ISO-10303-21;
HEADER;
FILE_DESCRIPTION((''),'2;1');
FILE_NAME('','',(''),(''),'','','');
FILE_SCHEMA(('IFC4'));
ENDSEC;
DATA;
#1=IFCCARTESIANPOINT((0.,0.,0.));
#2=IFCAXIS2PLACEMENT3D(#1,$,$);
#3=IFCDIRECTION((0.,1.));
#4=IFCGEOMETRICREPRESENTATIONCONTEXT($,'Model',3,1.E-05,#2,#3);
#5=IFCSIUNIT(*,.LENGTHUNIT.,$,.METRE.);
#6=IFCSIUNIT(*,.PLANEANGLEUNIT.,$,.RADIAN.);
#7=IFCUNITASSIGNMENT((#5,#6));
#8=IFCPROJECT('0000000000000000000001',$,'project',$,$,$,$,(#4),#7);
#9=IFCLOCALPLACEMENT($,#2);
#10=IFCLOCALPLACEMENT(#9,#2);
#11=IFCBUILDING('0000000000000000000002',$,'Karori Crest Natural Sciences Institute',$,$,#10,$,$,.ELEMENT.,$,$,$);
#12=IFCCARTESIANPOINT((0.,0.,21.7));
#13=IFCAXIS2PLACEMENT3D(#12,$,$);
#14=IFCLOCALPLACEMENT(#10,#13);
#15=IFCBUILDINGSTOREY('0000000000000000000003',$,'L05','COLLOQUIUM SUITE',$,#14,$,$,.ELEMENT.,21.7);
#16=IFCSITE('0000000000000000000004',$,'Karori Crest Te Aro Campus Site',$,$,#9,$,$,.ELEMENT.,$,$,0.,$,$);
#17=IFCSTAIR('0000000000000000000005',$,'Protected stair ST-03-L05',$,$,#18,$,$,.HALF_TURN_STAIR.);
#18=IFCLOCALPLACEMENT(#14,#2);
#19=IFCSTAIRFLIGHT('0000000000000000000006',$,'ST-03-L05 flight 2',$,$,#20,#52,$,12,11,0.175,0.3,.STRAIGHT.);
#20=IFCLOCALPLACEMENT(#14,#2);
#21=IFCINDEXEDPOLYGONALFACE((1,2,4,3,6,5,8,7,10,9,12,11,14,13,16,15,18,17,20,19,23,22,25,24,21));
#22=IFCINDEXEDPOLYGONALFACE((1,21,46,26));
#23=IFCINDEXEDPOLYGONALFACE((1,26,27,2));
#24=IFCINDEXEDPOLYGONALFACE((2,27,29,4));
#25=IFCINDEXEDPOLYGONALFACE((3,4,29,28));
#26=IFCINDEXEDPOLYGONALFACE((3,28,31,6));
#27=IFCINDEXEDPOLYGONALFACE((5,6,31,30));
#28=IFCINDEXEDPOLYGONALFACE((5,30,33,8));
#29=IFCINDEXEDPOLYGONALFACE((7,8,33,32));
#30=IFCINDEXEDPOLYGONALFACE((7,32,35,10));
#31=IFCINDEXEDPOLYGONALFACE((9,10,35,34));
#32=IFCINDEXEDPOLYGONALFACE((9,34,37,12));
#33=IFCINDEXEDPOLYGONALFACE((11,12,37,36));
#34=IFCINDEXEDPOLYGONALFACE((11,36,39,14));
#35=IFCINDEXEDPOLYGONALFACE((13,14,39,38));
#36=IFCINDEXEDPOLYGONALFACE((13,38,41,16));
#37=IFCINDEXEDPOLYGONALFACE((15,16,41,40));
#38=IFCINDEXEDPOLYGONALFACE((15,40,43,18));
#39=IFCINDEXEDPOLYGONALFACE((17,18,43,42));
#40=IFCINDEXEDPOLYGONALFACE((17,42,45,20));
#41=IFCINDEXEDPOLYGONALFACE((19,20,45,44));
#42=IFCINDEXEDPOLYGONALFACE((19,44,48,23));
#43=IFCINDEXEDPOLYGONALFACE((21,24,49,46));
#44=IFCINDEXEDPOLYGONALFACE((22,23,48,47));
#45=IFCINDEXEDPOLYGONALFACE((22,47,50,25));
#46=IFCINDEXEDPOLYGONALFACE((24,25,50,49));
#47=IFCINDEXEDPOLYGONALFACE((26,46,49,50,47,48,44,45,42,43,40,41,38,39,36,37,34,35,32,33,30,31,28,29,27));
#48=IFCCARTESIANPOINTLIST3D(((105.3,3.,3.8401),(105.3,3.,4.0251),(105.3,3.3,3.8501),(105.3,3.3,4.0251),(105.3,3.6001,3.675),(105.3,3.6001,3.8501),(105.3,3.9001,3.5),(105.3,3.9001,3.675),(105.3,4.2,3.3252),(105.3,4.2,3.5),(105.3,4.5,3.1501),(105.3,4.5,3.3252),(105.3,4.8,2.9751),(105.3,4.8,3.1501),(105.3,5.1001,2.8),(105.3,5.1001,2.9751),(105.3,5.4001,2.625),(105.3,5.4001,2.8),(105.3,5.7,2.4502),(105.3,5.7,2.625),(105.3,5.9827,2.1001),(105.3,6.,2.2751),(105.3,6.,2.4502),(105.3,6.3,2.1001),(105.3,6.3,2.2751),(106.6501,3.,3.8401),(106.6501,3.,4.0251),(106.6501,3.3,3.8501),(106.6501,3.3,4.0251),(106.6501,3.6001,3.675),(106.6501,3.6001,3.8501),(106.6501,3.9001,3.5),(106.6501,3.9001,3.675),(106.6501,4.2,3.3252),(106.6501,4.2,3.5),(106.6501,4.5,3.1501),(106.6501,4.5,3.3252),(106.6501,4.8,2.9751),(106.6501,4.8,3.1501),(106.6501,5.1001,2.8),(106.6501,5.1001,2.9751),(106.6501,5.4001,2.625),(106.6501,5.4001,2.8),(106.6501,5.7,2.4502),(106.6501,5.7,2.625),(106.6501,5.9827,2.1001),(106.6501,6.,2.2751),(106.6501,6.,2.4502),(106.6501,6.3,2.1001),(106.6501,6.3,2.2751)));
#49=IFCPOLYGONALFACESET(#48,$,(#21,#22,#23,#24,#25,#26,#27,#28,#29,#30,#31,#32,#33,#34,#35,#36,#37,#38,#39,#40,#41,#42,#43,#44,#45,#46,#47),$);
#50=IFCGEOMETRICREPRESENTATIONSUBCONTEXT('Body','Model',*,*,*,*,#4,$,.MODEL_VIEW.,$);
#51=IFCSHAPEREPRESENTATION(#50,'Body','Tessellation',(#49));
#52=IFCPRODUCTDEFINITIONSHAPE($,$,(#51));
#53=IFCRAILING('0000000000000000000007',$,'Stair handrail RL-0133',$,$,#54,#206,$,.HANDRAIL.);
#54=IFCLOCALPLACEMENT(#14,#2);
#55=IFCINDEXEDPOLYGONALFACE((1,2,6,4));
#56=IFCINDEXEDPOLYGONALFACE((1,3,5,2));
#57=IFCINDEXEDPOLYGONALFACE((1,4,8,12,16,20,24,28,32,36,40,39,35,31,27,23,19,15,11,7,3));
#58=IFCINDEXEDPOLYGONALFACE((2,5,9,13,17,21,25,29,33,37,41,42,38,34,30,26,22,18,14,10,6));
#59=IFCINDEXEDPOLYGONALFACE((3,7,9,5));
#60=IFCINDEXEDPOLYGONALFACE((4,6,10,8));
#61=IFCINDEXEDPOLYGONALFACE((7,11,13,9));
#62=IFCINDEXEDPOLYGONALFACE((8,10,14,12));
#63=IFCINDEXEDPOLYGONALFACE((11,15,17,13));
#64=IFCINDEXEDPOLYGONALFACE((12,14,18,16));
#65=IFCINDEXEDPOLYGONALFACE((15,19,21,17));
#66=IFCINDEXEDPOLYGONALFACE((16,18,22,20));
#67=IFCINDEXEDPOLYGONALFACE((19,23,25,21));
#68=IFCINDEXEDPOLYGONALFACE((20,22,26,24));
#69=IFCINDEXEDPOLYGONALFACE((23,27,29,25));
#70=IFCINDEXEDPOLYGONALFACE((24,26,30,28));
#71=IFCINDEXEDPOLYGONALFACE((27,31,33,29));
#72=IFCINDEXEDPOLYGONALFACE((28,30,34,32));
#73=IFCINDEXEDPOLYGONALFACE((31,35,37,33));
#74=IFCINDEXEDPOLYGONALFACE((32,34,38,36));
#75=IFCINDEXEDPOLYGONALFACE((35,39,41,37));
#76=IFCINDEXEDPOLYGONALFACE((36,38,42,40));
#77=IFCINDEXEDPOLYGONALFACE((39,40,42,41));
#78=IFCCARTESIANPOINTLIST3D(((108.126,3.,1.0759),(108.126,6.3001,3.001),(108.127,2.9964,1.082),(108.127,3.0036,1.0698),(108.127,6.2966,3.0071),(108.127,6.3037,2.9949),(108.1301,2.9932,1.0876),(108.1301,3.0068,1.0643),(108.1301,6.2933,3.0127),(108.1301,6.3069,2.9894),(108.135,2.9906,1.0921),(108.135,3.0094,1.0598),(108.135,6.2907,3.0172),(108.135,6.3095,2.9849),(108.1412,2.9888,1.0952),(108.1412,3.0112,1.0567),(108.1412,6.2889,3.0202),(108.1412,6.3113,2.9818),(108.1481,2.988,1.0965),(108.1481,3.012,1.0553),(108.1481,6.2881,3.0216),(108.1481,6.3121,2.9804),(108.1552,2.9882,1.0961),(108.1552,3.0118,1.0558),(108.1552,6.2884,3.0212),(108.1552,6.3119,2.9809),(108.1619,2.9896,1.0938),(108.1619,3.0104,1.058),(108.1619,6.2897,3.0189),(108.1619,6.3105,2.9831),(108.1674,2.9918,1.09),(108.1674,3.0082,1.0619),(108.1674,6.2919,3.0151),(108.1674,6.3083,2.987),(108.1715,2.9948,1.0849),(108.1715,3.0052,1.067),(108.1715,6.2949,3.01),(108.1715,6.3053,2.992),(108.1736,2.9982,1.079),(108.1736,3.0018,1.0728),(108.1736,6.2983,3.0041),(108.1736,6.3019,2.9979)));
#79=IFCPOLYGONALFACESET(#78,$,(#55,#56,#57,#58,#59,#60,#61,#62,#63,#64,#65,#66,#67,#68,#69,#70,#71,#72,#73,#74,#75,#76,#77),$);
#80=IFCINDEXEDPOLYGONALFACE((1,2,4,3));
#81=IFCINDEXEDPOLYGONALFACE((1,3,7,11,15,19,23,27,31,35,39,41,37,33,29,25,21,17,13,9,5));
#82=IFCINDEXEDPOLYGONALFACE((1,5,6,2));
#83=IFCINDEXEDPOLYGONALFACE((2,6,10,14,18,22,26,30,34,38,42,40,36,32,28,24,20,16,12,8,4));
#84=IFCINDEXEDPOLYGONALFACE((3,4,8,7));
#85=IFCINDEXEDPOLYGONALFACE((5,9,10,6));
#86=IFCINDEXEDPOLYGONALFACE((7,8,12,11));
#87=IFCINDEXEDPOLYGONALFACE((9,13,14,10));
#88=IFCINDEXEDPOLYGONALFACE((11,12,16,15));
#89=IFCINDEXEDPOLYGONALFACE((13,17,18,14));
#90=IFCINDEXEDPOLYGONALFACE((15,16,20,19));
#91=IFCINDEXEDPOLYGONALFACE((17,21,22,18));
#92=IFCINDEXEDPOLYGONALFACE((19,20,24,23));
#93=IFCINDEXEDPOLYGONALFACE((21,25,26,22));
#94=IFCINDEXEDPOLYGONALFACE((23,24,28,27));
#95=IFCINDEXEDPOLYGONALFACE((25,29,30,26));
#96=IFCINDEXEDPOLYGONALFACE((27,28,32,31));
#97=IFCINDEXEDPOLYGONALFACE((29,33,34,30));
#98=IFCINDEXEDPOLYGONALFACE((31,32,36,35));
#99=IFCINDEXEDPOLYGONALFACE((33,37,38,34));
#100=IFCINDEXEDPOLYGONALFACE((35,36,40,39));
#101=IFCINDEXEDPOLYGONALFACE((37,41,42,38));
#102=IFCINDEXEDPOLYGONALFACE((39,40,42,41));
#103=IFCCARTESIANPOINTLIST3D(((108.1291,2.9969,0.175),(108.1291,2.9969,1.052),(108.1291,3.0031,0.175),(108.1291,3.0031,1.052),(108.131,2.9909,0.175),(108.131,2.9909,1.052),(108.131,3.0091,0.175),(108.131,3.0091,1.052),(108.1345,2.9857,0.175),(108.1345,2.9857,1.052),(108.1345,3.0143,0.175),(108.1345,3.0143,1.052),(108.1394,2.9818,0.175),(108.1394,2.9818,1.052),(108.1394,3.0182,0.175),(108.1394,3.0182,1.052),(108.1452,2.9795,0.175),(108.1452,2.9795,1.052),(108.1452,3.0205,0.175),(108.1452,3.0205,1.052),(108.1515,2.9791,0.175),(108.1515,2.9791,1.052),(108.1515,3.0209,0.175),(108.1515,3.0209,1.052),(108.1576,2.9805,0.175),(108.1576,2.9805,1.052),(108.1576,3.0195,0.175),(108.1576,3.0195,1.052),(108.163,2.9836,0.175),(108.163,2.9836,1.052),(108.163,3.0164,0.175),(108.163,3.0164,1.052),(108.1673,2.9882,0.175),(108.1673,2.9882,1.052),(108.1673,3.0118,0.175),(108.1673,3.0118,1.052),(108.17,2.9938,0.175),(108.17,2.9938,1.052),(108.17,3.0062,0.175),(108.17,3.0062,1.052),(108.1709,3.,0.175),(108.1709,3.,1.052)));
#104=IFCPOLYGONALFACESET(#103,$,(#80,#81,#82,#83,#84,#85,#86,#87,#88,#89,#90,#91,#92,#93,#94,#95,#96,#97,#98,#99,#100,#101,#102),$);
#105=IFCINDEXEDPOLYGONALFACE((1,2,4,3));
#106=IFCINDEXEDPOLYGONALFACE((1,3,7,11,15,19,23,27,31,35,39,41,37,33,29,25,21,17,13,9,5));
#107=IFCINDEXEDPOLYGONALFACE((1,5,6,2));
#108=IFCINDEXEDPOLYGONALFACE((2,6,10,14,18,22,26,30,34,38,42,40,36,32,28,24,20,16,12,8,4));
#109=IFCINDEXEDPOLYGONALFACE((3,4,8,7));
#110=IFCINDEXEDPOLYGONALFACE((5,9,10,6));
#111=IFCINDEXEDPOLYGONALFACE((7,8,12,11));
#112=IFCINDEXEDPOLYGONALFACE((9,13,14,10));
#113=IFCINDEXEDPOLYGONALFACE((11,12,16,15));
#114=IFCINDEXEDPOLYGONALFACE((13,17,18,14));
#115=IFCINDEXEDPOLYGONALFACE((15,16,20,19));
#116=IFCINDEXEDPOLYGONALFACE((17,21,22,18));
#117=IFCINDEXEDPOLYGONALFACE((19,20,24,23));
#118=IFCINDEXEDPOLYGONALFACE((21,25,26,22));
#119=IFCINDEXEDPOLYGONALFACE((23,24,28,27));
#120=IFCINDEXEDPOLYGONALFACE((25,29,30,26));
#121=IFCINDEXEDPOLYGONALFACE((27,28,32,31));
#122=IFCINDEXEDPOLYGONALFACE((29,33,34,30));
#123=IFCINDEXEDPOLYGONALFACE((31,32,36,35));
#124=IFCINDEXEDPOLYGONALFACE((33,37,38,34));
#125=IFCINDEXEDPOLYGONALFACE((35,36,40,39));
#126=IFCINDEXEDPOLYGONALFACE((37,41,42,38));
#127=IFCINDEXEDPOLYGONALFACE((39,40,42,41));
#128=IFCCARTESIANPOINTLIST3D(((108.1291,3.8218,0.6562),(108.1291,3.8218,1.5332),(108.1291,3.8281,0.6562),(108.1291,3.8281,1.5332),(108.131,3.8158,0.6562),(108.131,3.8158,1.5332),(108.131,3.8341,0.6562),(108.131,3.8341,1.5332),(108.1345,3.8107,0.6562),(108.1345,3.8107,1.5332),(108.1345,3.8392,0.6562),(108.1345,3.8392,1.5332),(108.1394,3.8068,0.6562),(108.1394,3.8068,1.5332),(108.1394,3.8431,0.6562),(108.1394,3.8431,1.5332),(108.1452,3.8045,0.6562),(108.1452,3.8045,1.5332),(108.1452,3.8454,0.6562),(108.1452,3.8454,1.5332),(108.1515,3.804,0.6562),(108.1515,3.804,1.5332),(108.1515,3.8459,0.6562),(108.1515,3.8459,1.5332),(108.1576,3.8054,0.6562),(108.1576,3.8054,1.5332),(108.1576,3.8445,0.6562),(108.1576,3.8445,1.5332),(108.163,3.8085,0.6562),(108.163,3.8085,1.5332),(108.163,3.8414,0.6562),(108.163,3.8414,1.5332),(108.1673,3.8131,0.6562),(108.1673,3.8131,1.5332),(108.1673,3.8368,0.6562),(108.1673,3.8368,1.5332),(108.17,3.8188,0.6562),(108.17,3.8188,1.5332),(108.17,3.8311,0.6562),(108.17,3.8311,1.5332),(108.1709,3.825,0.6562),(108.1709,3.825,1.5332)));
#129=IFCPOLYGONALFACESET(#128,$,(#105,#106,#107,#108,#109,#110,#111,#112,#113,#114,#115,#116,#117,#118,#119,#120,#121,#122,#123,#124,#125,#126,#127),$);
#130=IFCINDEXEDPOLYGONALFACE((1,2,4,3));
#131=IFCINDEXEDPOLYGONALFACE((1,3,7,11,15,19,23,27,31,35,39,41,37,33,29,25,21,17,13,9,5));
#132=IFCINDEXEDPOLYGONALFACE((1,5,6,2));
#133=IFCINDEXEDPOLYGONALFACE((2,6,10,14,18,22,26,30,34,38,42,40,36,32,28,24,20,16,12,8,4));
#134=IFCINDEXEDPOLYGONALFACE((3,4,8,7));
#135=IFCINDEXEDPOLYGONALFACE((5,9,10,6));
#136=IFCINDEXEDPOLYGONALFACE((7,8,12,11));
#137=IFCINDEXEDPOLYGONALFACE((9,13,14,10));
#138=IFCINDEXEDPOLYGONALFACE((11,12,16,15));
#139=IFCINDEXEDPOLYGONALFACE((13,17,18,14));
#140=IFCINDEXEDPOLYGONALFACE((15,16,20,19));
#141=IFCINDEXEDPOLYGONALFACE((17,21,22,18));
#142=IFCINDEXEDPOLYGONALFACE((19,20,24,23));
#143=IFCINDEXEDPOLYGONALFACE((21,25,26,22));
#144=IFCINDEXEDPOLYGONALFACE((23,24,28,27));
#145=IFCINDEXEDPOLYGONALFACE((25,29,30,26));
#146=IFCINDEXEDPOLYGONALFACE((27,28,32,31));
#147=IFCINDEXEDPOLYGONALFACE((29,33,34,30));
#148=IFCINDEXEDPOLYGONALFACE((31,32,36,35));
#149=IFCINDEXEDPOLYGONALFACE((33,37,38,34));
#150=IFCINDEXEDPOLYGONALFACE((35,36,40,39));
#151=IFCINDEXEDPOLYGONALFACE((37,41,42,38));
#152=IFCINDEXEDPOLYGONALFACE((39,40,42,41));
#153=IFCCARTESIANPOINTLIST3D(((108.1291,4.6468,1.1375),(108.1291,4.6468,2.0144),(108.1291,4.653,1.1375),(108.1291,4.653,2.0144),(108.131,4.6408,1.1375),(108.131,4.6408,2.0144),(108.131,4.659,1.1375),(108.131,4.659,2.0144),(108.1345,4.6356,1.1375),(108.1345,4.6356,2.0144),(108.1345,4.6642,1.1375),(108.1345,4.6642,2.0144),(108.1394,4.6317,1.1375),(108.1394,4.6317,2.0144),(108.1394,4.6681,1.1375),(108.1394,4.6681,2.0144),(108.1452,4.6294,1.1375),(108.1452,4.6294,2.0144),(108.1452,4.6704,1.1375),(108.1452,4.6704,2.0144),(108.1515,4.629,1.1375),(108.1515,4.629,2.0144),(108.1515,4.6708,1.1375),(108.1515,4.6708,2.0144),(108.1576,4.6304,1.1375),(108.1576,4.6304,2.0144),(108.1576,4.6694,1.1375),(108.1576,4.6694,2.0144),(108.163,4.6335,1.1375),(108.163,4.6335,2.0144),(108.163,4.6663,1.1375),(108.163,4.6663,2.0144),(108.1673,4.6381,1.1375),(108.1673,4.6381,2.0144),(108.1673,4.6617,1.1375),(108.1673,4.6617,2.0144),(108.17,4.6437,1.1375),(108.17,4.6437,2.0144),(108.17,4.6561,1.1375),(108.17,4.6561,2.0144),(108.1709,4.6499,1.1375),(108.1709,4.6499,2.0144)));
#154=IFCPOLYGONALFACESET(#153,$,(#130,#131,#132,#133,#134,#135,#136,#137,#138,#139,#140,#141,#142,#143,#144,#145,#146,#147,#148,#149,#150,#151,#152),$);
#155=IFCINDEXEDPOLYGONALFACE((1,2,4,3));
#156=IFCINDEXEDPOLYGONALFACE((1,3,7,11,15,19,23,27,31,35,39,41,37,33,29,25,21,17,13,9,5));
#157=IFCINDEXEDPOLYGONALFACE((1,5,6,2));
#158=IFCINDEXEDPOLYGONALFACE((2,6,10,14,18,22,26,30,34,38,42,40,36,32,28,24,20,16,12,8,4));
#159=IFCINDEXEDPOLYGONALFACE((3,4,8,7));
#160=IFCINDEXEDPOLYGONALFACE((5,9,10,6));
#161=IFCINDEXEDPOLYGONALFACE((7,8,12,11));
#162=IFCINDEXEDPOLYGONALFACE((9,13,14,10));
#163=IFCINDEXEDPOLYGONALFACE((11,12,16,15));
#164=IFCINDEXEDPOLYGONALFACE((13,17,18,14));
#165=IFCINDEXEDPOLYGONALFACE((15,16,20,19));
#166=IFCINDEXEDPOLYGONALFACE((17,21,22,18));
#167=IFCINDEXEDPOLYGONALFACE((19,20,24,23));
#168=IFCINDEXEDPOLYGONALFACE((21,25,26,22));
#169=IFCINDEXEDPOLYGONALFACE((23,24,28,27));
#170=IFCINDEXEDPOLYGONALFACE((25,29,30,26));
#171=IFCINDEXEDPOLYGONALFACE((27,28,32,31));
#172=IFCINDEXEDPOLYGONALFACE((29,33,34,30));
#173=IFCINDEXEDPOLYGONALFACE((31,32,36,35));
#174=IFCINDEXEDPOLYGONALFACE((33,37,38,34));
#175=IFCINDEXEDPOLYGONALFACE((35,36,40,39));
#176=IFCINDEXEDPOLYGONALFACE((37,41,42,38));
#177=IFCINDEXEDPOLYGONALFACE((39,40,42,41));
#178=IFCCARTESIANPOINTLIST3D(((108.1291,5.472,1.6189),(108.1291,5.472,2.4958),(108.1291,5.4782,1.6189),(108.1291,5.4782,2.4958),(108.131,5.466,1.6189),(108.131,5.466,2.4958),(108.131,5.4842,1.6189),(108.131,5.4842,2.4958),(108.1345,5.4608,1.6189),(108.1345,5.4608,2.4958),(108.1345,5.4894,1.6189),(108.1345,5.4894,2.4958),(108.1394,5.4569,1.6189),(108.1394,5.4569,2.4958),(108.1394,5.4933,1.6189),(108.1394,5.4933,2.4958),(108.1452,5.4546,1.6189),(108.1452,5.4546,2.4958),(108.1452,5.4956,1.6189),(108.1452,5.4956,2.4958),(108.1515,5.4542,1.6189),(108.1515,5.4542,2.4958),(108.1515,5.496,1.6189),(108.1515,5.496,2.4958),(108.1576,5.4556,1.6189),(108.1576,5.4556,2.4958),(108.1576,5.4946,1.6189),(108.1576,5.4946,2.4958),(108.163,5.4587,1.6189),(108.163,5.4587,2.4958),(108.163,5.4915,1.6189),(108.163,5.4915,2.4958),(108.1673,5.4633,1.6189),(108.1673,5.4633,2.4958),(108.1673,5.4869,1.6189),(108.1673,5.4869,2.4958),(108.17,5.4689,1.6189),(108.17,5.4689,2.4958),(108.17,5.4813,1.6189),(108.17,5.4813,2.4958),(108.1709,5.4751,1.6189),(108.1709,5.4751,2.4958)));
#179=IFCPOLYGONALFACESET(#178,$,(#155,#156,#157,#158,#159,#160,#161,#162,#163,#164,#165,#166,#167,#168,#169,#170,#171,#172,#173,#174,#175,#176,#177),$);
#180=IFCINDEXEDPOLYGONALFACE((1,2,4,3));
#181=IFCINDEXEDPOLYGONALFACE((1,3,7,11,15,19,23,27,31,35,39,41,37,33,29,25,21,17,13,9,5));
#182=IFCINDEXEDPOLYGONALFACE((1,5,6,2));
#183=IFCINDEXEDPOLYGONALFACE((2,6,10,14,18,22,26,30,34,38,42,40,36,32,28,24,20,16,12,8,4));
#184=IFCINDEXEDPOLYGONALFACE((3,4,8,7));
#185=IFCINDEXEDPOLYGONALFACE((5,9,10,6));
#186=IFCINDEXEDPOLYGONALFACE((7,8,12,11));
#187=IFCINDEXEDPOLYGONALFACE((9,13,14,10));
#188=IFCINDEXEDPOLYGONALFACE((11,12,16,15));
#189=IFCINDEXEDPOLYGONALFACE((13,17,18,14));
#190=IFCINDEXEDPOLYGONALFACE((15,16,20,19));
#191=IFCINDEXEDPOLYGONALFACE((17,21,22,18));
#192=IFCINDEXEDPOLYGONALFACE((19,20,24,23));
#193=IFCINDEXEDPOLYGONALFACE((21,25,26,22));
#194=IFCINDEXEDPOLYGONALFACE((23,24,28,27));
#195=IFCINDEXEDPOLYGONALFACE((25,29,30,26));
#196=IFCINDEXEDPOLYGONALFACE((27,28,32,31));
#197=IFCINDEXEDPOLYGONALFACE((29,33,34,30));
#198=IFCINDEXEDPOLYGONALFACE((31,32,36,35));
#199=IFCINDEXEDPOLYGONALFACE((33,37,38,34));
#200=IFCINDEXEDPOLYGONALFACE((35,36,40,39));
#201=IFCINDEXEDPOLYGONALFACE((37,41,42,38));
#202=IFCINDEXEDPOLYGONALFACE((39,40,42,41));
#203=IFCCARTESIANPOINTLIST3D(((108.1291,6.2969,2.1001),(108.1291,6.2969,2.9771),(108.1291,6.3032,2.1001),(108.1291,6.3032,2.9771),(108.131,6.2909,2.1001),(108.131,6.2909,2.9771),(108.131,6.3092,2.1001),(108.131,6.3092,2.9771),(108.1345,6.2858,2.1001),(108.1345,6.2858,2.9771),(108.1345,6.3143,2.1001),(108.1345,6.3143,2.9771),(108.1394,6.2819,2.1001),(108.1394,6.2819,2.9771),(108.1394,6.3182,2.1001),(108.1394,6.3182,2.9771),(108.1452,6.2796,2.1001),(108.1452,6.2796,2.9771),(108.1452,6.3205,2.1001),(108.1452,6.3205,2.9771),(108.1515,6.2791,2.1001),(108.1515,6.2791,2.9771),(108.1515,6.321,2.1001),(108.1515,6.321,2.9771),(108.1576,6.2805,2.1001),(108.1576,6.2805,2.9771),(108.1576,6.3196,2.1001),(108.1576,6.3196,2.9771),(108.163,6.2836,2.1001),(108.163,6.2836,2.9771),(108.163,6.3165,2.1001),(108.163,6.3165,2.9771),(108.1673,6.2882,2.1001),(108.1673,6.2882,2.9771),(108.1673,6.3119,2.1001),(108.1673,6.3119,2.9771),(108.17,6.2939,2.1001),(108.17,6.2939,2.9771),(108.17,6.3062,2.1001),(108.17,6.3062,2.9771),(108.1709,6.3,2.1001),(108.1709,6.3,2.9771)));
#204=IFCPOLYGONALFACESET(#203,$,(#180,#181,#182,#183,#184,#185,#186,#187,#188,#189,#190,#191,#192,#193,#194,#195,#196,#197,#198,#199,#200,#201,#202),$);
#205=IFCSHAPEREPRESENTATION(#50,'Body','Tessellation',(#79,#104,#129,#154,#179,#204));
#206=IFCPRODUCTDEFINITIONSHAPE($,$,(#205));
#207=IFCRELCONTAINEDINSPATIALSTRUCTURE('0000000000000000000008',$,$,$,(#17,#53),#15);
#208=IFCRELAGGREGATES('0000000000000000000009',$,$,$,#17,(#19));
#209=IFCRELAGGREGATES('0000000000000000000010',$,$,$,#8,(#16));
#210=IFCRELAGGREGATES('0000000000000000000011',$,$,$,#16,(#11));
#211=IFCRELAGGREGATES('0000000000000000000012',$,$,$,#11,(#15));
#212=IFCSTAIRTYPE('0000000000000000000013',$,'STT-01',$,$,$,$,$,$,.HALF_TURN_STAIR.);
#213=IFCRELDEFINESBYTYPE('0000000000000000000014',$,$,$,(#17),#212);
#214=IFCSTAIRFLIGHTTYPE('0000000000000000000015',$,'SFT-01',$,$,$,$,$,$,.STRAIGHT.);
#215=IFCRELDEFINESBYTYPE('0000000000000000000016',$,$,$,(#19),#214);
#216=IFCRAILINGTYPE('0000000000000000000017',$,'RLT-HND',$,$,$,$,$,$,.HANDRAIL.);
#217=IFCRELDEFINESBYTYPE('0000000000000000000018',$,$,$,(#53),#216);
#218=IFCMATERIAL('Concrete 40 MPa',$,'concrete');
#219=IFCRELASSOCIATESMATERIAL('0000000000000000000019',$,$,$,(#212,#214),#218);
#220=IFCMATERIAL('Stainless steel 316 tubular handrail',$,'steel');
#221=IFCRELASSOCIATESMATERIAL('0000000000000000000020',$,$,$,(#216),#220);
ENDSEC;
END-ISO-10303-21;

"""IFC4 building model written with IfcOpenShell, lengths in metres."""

from ifc_helpers import new_model, si_unit, direction, frame, origin, origin_2d, place, context, subcontext, project, spatial, polyline, circle, outline, extrude, material, type_object, element, aggregate, save


model = new_model("IFC4")

# Units and contexts
model_context = context("Model", 3, precision=1e-05, world=origin(), true_north=direction((0.0, 1.0)))
body_context = subcontext(model_context, "Body", "Model", "MODEL_VIEW")
ifc_project = project(units=[si_unit("LENGTHUNIT", "METRE"), si_unit("PLANEANGLEUNIT", "RADIAN")], contexts=[model_context])

# Site, building, storey
site_placement = place(None, origin())
site = spatial("IfcSite", under=ifc_project, at=site_placement, Name="Karori Crest Te Aro Campus Site", CompositionType="ELEMENT", RefElevation=0.0)
building_placement = place(site_placement, origin())
building = spatial("IfcBuilding", under=site, at=building_placement, Name="Karori Crest Natural Sciences Institute", CompositionType="ELEMENT")
storey_placement = place(building_placement, frame((0.0, 0.0, 21.7)))
storey = spatial("IfcBuildingStorey", under=building, at=storey_placement, Name="L05", Description="COLLOQUIUM SUITE", CompositionType="ELEMENT", Elevation=21.7)

# Shared definitions
ifc_material_1 = material(Name="Concrete 40 MPa", Category="concrete")

# Stair, stair flight
stair_type = type_object("IfcStairType", Name="STT-01", PredefinedType="HALF_TURN_STAIR", material=ifc_material_1)
stair_placement = place(storey_placement, origin())
stair = element("IfcStair", 1, at=stair_placement, inside=storey, type_object=stair_type, Name="Protected stair ST-03-L05", PredefinedType="HALF_TURN_STAIR")
stair_flight_type = type_object("IfcStairFlightType", Name="SFT-01", PredefinedType="STRAIGHT", material=ifc_material_1)
stair_flight_1_placement = place(storey_placement, frame((105.9751, 6.3, 2.1001), z_axis=(0.0, 0.0, 1.0), x_axis=(0.0, -1.0, 0.0)))
stair_flight_1 = element("IfcStairFlight", 2, at=stair_flight_1_placement, type_object=stair_flight_type, Name="ST-03-L05 flight 2", NumberOfRisers=12, NumberOfTreads=11, PredefinedType="STRAIGHT", RiserHeight=0.175, TreadLength=0.3, context=body_context, shape_type="SweptSolid", body=[
    extrude(outline(polyline([(0.0, 0.0), (0.0, 0.175), (0.3, 0.175), (0.3, 0.3501), (0.6001, 0.3501), (0.6001, 0.5249), (0.8999, 0.5249), (0.8999, 0.7), (1.2, 0.7), (1.2, 0.875), (1.5, 0.875), (1.5, 1.05), (1.8, 1.05), (1.8, 1.2251), (2.1001, 1.2251), (2.1001, 1.3999), (2.3999, 1.3999), (2.3999, 1.575), (2.7, 1.575), (2.7, 1.75), (3.0, 1.75), (3.0, 1.925), (3.3, 1.925), (3.3, 2.1001), (3.3, 1.74), (0.3174, 0.0), (0.0, 0.0)])), frame((0.0, 0.675, 0.0), z_axis=(0.0, -1.0, 0.0), x_axis=(1.0, 0.0, 0.0)), (0.0, 0.0, 1.0), 1.3501),
])
aggregate(stair, [stair_flight_1])

# Railing
ifc_material_2 = material(Name="Stainless steel 316 tubular handrail", Category="steel")
railing_type_1 = type_object("IfcRailingType", Name="RLT-HND", PredefinedType="HANDRAIL", material=ifc_material_2)
railing_1_placement = place(storey_placement, frame((108.1499, 3.0, 0.175)))
element("IfcRailing", 3, at=railing_1_placement, inside=storey, type_object=railing_type_1, Name="Stair handrail RL-0133", PredefinedType="HANDRAIL", context=body_context, shape_type="SweptSolid", body=[
    extrude(circle(Radius=0.0239, at=origin_2d()), frame((0.0, 0.0, 0.9009), z_axis=(0.0, 0.863777, 0.503875), x_axis=(-1.0, 0.0, 0.0)), (0.0, 0.0, 1.0), 3.8206),
    extrude(circle(Radius=0.021, at=origin_2d()), origin(), (0.0, 0.0, 1.0), 0.877),
    extrude(circle(Radius=0.021, at=origin_2d()), frame((0.0, 0.825, 0.4812)), (0.0, 0.0, 1.0), 0.877),
    extrude(circle(Radius=0.021, at=origin_2d()), frame((0.0, 1.6499, 0.9624)), (0.0, 0.0, 1.0), 0.877),
    extrude(circle(Radius=0.021, at=origin_2d()), frame((0.0, 2.4751, 1.4438)), (0.0, 0.0, 1.0), 0.877),
    extrude(circle(Radius=0.021, at=origin_2d()), frame((0.0, 3.3, 1.925)), (0.0, 0.0, 1.0), 0.877),
])

save(model, "model.ifc")
